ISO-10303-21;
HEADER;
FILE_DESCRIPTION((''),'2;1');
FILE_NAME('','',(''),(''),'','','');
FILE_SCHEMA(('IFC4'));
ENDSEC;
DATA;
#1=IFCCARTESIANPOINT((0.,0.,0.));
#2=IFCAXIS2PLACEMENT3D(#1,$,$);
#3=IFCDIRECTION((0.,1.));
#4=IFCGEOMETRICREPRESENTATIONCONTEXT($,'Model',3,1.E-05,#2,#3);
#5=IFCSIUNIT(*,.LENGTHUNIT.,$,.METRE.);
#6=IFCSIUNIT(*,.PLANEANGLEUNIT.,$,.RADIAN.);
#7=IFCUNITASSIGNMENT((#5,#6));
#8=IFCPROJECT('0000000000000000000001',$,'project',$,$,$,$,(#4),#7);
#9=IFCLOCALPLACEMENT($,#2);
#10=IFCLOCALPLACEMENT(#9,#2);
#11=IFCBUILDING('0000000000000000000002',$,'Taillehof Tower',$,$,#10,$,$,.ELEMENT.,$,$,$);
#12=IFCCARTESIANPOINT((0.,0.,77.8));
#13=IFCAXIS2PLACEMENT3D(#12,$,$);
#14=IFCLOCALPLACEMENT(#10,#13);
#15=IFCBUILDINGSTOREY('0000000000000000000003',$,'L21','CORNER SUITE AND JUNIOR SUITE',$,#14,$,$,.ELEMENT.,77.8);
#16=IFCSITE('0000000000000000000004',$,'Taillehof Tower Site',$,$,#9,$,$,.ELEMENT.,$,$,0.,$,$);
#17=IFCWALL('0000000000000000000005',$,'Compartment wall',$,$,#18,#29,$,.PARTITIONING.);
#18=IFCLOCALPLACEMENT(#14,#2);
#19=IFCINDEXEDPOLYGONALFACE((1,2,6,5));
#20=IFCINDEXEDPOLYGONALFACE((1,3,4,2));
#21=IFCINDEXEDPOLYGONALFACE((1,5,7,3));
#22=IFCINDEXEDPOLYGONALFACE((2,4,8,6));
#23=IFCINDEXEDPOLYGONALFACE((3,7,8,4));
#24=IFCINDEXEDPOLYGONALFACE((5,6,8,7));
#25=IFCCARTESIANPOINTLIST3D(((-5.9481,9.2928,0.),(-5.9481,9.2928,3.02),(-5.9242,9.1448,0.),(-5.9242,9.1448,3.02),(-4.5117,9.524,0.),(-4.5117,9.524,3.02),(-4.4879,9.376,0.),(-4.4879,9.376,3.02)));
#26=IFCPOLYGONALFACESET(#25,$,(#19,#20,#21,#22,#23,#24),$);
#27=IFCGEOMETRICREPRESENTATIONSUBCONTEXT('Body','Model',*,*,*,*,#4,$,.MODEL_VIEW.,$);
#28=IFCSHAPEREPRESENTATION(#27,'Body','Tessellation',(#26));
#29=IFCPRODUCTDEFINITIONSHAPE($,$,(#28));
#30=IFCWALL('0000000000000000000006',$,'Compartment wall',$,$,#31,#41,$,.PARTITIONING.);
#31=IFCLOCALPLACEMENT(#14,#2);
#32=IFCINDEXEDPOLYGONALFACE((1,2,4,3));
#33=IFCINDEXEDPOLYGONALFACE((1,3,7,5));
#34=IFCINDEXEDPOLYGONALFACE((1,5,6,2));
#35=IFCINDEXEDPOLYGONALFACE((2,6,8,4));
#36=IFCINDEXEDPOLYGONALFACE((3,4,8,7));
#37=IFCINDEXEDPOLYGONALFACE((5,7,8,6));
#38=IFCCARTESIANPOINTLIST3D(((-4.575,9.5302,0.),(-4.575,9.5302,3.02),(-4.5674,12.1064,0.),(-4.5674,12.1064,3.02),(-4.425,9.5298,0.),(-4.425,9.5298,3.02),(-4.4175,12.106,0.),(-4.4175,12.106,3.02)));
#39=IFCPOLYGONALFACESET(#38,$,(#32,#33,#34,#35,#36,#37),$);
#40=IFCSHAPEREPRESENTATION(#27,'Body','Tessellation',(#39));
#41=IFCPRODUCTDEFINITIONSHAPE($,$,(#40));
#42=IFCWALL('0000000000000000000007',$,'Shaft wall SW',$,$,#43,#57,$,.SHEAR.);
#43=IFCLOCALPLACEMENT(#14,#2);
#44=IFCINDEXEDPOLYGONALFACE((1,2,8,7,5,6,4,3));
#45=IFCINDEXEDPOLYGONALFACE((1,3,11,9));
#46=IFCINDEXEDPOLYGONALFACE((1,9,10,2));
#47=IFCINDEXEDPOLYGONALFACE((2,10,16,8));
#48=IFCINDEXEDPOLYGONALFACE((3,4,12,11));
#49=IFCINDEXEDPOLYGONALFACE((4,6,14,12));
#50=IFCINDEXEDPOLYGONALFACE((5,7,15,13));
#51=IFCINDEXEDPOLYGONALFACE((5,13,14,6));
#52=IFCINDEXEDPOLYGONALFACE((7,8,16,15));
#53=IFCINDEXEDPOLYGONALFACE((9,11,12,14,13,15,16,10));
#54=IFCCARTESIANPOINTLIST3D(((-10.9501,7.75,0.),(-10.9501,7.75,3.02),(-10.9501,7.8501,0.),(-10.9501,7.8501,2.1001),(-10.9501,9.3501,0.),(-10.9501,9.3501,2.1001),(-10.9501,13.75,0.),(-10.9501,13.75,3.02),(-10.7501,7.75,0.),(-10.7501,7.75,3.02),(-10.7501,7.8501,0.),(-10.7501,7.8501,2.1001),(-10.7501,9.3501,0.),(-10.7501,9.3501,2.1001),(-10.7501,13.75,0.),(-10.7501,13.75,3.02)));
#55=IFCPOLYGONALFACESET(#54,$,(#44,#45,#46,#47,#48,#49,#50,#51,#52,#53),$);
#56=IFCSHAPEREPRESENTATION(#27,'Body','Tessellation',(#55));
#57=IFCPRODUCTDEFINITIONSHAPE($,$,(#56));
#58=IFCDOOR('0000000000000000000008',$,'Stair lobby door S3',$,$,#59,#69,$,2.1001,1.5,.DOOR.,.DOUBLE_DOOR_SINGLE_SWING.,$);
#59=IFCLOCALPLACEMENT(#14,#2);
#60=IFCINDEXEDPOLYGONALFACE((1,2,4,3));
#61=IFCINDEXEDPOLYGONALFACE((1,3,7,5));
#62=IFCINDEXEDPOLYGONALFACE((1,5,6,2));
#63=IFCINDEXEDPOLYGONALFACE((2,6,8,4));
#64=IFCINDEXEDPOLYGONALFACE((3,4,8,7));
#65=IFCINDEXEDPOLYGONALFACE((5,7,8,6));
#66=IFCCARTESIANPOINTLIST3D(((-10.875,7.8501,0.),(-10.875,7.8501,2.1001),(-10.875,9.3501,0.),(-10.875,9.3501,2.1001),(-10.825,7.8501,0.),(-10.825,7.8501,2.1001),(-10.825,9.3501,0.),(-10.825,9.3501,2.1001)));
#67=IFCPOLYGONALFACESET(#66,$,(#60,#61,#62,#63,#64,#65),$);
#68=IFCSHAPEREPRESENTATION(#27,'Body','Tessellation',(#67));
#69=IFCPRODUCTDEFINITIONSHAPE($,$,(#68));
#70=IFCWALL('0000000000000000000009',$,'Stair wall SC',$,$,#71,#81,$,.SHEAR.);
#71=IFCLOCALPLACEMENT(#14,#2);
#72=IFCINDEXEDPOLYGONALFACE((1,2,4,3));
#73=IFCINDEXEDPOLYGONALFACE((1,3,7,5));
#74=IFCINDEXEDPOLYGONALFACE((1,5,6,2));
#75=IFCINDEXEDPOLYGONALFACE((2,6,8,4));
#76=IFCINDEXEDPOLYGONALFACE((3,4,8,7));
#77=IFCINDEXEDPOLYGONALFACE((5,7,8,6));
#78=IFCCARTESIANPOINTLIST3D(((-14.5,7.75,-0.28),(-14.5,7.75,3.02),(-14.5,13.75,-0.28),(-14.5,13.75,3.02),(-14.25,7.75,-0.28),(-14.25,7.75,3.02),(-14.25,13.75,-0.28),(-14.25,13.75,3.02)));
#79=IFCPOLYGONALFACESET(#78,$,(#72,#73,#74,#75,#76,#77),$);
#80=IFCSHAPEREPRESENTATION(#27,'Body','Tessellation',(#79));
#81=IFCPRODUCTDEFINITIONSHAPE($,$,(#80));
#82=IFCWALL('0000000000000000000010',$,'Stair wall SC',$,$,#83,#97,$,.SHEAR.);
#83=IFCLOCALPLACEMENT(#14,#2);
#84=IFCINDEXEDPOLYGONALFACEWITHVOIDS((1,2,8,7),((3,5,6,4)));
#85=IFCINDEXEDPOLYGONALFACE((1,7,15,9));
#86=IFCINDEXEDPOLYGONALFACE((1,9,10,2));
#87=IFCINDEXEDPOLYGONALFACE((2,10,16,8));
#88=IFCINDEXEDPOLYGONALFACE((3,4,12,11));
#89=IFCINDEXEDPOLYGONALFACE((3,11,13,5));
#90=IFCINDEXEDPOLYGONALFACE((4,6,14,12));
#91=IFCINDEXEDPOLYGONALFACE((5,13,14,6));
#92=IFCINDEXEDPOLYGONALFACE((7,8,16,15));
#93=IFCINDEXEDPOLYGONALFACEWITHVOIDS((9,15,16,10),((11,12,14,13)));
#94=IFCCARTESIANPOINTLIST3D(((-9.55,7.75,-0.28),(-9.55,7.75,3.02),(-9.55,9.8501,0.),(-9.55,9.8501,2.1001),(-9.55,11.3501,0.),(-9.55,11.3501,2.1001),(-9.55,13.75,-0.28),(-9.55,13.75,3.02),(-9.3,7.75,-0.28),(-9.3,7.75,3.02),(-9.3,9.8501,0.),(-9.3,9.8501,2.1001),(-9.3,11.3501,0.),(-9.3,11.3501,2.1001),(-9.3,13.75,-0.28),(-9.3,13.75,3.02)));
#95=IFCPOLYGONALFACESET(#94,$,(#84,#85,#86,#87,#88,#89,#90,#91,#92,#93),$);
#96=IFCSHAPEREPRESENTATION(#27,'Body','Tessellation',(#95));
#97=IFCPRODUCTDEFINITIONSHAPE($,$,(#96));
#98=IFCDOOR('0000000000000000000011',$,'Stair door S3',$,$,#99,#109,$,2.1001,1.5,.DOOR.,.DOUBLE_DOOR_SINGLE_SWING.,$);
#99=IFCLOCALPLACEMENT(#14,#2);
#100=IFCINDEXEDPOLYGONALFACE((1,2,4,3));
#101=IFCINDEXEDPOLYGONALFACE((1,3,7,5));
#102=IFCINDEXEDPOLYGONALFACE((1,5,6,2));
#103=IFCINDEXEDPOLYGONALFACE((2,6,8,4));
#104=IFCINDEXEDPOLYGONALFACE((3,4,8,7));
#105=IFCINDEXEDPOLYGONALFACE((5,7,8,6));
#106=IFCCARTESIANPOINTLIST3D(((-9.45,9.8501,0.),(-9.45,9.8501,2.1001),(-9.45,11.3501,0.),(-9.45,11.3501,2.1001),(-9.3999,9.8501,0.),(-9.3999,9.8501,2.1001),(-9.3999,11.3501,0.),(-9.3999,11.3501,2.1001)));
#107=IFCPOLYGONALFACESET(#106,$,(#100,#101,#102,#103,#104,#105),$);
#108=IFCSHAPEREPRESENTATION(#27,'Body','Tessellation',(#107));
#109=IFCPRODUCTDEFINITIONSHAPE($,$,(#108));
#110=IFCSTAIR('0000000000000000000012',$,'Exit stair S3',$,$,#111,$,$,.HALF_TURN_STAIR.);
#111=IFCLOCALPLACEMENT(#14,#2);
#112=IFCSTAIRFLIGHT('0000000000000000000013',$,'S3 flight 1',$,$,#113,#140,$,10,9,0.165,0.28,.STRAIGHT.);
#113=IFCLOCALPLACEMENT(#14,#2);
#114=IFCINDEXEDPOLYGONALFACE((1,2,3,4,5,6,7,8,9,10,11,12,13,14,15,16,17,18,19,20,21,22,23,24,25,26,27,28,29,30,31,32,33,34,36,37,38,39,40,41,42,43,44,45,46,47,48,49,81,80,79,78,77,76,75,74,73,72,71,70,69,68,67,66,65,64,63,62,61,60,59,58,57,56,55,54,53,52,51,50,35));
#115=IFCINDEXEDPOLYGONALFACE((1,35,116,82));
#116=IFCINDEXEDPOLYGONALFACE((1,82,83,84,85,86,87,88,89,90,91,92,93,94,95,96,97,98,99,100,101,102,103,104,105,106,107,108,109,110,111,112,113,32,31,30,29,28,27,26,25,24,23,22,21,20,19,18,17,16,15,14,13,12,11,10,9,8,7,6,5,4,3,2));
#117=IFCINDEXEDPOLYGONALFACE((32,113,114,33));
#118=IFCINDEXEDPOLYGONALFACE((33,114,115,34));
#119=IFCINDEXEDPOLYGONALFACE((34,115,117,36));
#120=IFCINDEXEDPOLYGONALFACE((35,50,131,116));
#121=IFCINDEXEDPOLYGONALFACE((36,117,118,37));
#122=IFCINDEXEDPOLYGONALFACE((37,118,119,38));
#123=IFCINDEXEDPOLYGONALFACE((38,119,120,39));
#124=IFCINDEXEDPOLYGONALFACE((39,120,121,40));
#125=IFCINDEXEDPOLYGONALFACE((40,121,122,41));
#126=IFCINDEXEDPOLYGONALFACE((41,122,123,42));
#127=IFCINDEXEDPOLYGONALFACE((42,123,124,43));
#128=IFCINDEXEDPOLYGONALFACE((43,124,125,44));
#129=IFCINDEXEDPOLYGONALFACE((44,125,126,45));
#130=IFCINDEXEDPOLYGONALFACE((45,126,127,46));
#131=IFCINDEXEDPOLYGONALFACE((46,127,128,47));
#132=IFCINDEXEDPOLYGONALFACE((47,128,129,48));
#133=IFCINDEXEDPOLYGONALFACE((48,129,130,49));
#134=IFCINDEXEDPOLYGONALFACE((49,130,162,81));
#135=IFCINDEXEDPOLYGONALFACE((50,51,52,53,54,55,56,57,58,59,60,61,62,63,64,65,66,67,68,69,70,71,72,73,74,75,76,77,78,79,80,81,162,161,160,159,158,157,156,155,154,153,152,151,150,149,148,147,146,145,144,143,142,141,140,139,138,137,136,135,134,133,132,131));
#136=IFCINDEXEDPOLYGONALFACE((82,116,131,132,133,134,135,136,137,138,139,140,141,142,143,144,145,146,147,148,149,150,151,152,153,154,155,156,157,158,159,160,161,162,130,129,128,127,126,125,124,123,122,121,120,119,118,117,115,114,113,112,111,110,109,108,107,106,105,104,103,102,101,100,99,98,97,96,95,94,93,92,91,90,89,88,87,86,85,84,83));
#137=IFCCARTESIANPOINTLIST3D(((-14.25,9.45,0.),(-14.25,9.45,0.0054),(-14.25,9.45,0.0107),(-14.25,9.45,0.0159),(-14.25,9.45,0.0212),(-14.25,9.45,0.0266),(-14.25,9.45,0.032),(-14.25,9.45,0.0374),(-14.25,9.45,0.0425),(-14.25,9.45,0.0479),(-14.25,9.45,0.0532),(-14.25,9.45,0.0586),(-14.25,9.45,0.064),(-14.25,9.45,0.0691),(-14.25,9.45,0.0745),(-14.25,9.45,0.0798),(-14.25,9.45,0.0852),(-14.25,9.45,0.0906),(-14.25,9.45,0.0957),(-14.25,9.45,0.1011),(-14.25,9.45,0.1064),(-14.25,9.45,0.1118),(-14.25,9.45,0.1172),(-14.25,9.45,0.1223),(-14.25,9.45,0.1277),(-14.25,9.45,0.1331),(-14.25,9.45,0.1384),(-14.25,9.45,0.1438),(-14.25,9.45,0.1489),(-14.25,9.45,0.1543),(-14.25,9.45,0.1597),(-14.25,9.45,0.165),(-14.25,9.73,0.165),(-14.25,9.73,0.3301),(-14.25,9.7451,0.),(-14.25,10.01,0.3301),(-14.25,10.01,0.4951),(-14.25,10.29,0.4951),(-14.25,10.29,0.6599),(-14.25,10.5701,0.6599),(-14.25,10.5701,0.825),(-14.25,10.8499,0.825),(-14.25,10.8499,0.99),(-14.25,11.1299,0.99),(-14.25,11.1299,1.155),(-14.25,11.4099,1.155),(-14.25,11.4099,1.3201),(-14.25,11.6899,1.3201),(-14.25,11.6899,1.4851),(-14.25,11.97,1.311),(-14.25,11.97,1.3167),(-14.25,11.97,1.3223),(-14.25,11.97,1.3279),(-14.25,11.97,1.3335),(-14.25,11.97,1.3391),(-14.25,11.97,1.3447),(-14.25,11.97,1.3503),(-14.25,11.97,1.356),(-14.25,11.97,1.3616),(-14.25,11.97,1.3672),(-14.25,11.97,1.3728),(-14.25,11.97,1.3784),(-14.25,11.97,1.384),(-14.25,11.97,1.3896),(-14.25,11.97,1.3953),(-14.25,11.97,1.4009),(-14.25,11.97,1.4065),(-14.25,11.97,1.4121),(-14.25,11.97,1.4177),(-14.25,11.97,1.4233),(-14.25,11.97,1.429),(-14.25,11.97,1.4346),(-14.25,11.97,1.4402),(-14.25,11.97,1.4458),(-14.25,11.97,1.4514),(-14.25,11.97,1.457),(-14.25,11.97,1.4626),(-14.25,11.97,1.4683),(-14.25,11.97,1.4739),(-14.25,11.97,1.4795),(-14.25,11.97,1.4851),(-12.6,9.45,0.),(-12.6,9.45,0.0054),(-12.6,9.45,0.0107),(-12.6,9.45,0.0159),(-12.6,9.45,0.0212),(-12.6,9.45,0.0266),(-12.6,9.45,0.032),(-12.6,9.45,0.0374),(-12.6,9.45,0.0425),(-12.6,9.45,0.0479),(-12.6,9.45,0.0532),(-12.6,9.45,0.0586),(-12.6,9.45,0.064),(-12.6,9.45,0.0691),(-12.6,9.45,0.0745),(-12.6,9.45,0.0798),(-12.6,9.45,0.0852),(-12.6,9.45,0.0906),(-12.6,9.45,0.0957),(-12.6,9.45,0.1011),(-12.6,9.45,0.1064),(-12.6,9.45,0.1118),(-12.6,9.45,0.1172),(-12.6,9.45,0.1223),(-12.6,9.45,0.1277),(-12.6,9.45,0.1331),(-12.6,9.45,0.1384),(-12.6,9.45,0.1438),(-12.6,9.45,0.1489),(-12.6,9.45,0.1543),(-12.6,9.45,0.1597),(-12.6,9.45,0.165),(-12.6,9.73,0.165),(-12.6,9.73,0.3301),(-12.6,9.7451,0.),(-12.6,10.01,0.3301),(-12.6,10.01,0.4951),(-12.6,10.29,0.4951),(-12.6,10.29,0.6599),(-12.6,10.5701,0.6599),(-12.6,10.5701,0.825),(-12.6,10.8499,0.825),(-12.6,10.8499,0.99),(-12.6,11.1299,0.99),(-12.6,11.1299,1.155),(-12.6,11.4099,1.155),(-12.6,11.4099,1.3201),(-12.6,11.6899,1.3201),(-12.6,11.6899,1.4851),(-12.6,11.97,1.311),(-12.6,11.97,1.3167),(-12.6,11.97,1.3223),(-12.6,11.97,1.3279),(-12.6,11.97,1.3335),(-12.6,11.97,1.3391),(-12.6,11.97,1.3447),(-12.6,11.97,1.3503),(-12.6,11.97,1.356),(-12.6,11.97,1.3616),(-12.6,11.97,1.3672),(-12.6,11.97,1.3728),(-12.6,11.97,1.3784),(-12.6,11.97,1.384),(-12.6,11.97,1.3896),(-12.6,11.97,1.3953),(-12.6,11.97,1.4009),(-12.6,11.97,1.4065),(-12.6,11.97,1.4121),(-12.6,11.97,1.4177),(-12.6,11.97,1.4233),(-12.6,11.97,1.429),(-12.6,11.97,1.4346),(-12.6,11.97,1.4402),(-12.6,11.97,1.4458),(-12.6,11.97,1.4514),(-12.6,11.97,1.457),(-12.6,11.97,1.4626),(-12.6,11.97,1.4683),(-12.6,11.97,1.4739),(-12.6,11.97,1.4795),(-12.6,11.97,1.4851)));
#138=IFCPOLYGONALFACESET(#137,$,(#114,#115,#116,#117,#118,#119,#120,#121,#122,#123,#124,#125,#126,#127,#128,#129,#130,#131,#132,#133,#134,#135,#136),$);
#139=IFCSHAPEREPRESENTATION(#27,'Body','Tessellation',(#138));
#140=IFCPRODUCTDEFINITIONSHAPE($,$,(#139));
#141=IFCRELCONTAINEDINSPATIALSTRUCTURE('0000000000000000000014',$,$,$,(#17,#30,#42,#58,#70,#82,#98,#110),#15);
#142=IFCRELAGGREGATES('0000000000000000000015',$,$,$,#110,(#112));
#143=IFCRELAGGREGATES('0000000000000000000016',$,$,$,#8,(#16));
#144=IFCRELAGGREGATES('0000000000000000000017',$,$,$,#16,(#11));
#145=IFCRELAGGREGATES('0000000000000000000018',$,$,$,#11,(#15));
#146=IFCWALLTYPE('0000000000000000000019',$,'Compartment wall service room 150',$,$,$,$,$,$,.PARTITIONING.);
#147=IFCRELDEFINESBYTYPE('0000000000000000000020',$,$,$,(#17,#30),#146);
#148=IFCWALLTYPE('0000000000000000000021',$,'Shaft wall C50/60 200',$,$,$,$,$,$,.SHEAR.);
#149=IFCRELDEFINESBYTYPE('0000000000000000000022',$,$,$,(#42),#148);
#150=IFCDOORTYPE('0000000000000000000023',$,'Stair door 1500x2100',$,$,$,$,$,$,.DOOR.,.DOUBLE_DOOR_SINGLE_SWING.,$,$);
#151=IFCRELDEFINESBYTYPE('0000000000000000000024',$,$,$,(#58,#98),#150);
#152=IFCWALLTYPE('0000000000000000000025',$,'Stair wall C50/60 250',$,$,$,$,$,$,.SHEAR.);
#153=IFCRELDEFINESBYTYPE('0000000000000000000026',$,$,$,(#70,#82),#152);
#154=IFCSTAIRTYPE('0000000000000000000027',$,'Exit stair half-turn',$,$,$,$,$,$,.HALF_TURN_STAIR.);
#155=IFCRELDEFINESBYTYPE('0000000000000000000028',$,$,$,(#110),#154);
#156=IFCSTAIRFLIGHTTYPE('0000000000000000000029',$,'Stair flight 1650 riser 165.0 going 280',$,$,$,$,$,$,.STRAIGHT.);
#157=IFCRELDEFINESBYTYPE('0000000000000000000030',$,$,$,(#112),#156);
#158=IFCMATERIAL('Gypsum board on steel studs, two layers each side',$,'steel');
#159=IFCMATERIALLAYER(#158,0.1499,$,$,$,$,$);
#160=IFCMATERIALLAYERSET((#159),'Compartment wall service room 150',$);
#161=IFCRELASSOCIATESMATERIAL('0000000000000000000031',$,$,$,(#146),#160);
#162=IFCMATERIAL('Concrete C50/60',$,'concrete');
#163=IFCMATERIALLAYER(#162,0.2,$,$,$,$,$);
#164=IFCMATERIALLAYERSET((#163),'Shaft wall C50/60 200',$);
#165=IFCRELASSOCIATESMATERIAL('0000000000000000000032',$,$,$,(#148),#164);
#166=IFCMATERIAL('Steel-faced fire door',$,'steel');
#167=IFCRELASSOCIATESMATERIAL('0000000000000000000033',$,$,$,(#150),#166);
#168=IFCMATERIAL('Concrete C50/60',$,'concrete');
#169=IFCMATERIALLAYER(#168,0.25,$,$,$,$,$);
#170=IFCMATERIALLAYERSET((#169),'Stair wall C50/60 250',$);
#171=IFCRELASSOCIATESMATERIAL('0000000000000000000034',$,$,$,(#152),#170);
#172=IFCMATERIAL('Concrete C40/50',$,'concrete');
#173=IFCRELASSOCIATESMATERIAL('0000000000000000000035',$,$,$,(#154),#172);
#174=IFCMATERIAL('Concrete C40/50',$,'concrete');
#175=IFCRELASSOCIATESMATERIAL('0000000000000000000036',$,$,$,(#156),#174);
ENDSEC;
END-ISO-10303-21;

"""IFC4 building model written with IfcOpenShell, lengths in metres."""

from ifc_helpers import new_model, si_unit, direction, frame, frame_2d, origin, place, context, subcontext, project, spatial, polyline, rectangle, outline, extrude, material, layer, layer_set, type_object, element, fill, aggregate, save


model = new_model("IFC4")

# Units and contexts
model_context = context("Model", 3, precision=1e-05, world=origin(), true_north=direction((0.0, 1.0)))
body_context = subcontext(model_context, "Body", "Model", "MODEL_VIEW")
ifc_project = project(units=[si_unit("LENGTHUNIT", "METRE"), si_unit("PLANEANGLEUNIT", "RADIAN")], contexts=[model_context])

# Site, building, storey
site_placement = place(None, origin())
site = spatial("IfcSite", under=ifc_project, at=site_placement, Name="Taillehof Tower Site", CompositionType="ELEMENT", RefElevation=0.0)
building_placement = place(site_placement, origin())
building = spatial("IfcBuilding", under=site, at=building_placement, Name="Taillehof Tower", CompositionType="ELEMENT")
storey_placement = place(building_placement, frame((0.0, 0.0, 77.8)))
storey = spatial("IfcBuildingStorey", under=building, at=storey_placement, Name="L21", Description="CORNER SUITE AND JUNIOR SUITE", CompositionType="ELEMENT", Elevation=77.8)

# Shared definitions
ifc_material_1 = material(Name="Gypsum board on steel studs, two layers each side", Category="steel")
ifc_layer_1 = layer(ifc_material_1, 0.1499)
ifc_layer_set_1 = layer_set([ifc_layer_1], Name="Compartment wall service room 150")
wall_type_1 = type_object("IfcWallType", Name="Compartment wall service room 150", PredefinedType="PARTITIONING", material=ifc_layer_set_1)

# Walls
wall_1_placement = place(storey_placement, frame((-5.9363, 9.2188, 0.0), z_axis=(0.0, 0.0, 1.0), x_axis=(0.98729, 0.158926, 0.0)))
element("IfcWall", 1, at=wall_1_placement, inside=storey, type_object=wall_type_1, Name="Compartment wall", PredefinedType="PARTITIONING", context=body_context, shape_type="SweptSolid", body=[
    extrude(rectangle(XDim=1.4548, YDim=0.1499, at=frame_2d((0.7275, 0.0))), origin(), (0.0, 0.0, 1.0), 3.02),
])
wall_2_placement = place(storey_placement, frame((-4.5, 9.53, 0.0), z_axis=(0.0, 0.0, 1.0), x_axis=(0.002938, 0.999996, 0.0)))
element("IfcWall", 2, at=wall_2_placement, inside=storey, type_object=wall_type_1, Name="Compartment wall", PredefinedType="PARTITIONING", context=body_context, shape_type="SweptSolid", body=[
    extrude(rectangle(XDim=2.5762, YDim=0.1499, at=frame_2d((1.2881, 0.0))), origin(), (0.0, 0.0, 1.0), 3.02),
])

# Wall, opening, door
ifc_material_2 = material(Name="Concrete C50/60", Category="concrete")
ifc_layer_2 = layer(ifc_material_2, 0.2)
ifc_layer_set_2 = layer_set([ifc_layer_2], Name="Shaft wall C50/60 200")
wall_type_2 = type_object("IfcWallType", Name="Shaft wall C50/60 200", PredefinedType="SHEAR", material=ifc_layer_set_2)
wall_3_placement = place(storey_placement, frame((-10.8501, 7.75, 0.0), z_axis=(0.0, 0.0, 1.0), x_axis=(0.0, 1.0, 0.0)))
wall_3 = element("IfcWall", 3, at=wall_3_placement, inside=storey, type_object=wall_type_2, Name="Shaft wall SW", PredefinedType="SHEAR", context=body_context, shape_type="SweptSolid", body=[
    extrude(rectangle(XDim=6.0, YDim=0.2, at=frame_2d((3.0, 0.0))), origin(), (0.0, 0.0, 1.0), 3.02),
])
opening_1_placement = place(wall_3_placement, frame((0.1001, 0.0, 0.0)))
opening_1 = element("IfcOpeningElement", 4, at=opening_1_placement, cuts=wall_3, PredefinedType="OPENING", context=body_context, shape_type="SweptSolid", body=[
    extrude(rectangle(XDim=1.5, YDim=2.1001, at=frame_2d((0.75, 1.05))), frame((0.0, 0.1099, 0.0), z_axis=(0.0, -1.0, 0.0), x_axis=(1.0, 0.0, 0.0)), (0.0, 0.0, 1.0), 0.22),
])
ifc_material_3 = material(Name="Steel-faced fire door", Category="steel")
door_type_1 = type_object("IfcDoorType", Name="Stair door 1500x2100", OperationType="DOUBLE_DOOR_SINGLE_SWING", PredefinedType="DOOR", material=ifc_material_3)
door_1_placement = place(opening_1_placement, origin())
door_1 = element("IfcDoor", 5, at=door_1_placement, inside=storey, type_object=door_type_1, Name="Stair lobby door S3", OperationType="DOUBLE_DOOR_SINGLE_SWING", OverallHeight=2.1001, OverallWidth=1.5, PredefinedType="DOOR", context=body_context, shape_type="SweptSolid", body=[
    extrude(rectangle(XDim=1.5, YDim=2.1001, at=frame_2d((0.75, 1.05))), frame((0.0, 0.0249, 0.0), z_axis=(0.0, -1.0, 0.0), x_axis=(1.0, 0.0, 0.0)), (0.0, 0.0, 1.0), 0.05),
])
fill(opening_1, door_1)

# Wall
ifc_material_4 = material(Name="Concrete C50/60", Category="concrete")
ifc_layer_3 = layer(ifc_material_4, 0.25)
ifc_layer_set_3 = layer_set([ifc_layer_3], Name="Stair wall C50/60 250")
wall_type_3 = type_object("IfcWallType", Name="Stair wall C50/60 250", PredefinedType="SHEAR", material=ifc_layer_set_3)
wall_4_placement = place(storey_placement, frame((-14.375, 7.75, -0.28), z_axis=(0.0, 0.0, 1.0), x_axis=(0.0, 1.0, 0.0)))
element("IfcWall", 6, at=wall_4_placement, inside=storey, type_object=wall_type_3, Name="Stair wall SC", PredefinedType="SHEAR", context=body_context, shape_type="SweptSolid", body=[
    extrude(rectangle(XDim=6.0, YDim=0.25, at=frame_2d((3.0, 0.0))), origin(), (0.0, 0.0, 1.0), 3.3),
])

# Wall, opening, door
wall_5_placement = place(storey_placement, frame((-9.425, 7.75, -0.28), z_axis=(0.0, 0.0, 1.0), x_axis=(0.0, 1.0, 0.0)))
wall_5 = element("IfcWall", 7, at=wall_5_placement, inside=storey, type_object=wall_type_3, Name="Stair wall SC", PredefinedType="SHEAR", context=body_context, shape_type="SweptSolid", body=[
    extrude(rectangle(XDim=6.0, YDim=0.25, at=frame_2d((3.0, 0.0))), origin(), (0.0, 0.0, 1.0), 3.3),
])
opening_2_placement = place(wall_5_placement, frame((2.1001, 0.0, 0.28)))
opening_2 = element("IfcOpeningElement", 8, at=opening_2_placement, cuts=wall_5, PredefinedType="OPENING", context=body_context, shape_type="SweptSolid", body=[
    extrude(rectangle(XDim=1.5, YDim=2.1001, at=frame_2d((0.75, 1.05))), frame((0.0, 0.135, 0.0), z_axis=(0.0, -1.0, 0.0), x_axis=(1.0, 0.0, 0.0)), (0.0, 0.0, 1.0), 0.27),
])
door_2_placement = place(opening_2_placement, origin())
door_2 = element("IfcDoor", 9, at=door_2_placement, inside=storey, type_object=door_type_1, Name="Stair door S3", OperationType="DOUBLE_DOOR_SINGLE_SWING", OverallHeight=2.1001, OverallWidth=1.5, PredefinedType="DOOR", context=body_context, shape_type="SweptSolid", body=[
    extrude(rectangle(XDim=1.5, YDim=2.1001, at=frame_2d((0.75, 1.05))), frame((0.0, 0.0249, 0.0), z_axis=(0.0, -1.0, 0.0), x_axis=(1.0, 0.0, 0.0)), (0.0, 0.0, 1.0), 0.05),
])
fill(opening_2, door_2)

# Stair, stair flight
ifc_material_5 = material(Name="Concrete C40/50", Category="concrete")
stair_type = type_object("IfcStairType", Name="Exit stair half-turn", PredefinedType="HALF_TURN_STAIR", material=ifc_material_5)
stair_placement = place(storey_placement, origin())
stair = element("IfcStair", 10, at=stair_placement, inside=storey, type_object=stair_type, Name="Exit stair S3", PredefinedType="HALF_TURN_STAIR")
ifc_material_6 = material(Name="Concrete C40/50", Category="concrete")
stair_flight_type = type_object("IfcStairFlightType", Name="Stair flight 1650 riser 165.0 going 280", PredefinedType="STRAIGHT", material=ifc_material_6)
stair_flight_1_placement = place(storey_placement, frame((-13.425, 9.45, 0.0), z_axis=(0.0, 0.0, 1.0), x_axis=(0.0, 1.0, 0.0)))
stair_flight_1 = element("IfcStairFlight", 11, at=stair_flight_1_placement, type_object=stair_flight_type, Name="S3 flight 1", NumberOfRisers=10, NumberOfTreads=9, PredefinedType="STRAIGHT", RiserHeight=0.165, TreadLength=0.28, context=body_context, shape_type="SweptSolid", body=[
    extrude(outline(polyline([(0.0, 0.0), (0.0, 0.0054), (0.0, 0.0107), (0.0, 0.0159), (0.0, 0.0212), (0.0, 0.0266), (0.0, 0.032), (0.0, 0.0374), (0.0, 0.0425), (0.0, 0.0479), (0.0, 0.0532), (0.0, 0.0586), (0.0, 0.064), (0.0, 0.0691), (0.0, 0.0745), (0.0, 0.0798), (0.0, 0.0852), (0.0, 0.0906), (0.0, 0.0957), (0.0, 0.1011), (0.0, 0.1064), (0.0, 0.1118), (0.0, 0.1172), (0.0, 0.1223), (0.0, 0.1277), (0.0, 0.1331), (0.0, 0.1384), (0.0, 0.1438), (0.0, 0.1489), (0.0, 0.1543), (0.0, 0.1597), (0.0, 0.165), (0.28, 0.165), (0.28, 0.3301), (0.5601, 0.3301), (0.5601, 0.4951), (0.8401, 0.4951), (0.8401, 0.6599), (1.1201, 0.6599), (1.1201, 0.825), (1.3999, 0.825), (1.3999, 0.99), (1.6799, 0.99), (1.6799, 1.155), (1.96, 1.155), (1.96, 1.3201), (2.24, 1.3201), (2.24, 1.4851), (2.52, 1.4851), (2.52, 1.4795), (2.52, 1.4739), (2.52, 1.4683), (2.52, 1.4626), (2.52, 1.457), (2.52, 1.4514), (2.52, 1.4458), (2.52, 1.4402), (2.52, 1.4346), (2.52, 1.429), (2.52, 1.4233), (2.52, 1.4177), (2.52, 1.4121), (2.52, 1.4065), (2.52, 1.4009), (2.52, 1.3953), (2.52, 1.3896), (2.52, 1.384), (2.52, 1.3784), (2.52, 1.3728), (2.52, 1.3672), (2.52, 1.3616), (2.52, 1.356), (2.52, 1.3503), (2.52, 1.3447), (2.52, 1.3391), (2.52, 1.3335), (2.52, 1.3279), (2.52, 1.3223), (2.52, 1.3167), (2.52, 1.311), (0.2952, 0.0), (0.0, 0.0)])), frame((0.0, 0.825, 0.0), z_axis=(0.0, -1.0, 0.0), x_axis=(1.0, 0.0, 0.0)), (0.0, 0.0, 1.0), 1.65),
])
aggregate(stair, [stair_flight_1])

save(model, "model.ifc")
